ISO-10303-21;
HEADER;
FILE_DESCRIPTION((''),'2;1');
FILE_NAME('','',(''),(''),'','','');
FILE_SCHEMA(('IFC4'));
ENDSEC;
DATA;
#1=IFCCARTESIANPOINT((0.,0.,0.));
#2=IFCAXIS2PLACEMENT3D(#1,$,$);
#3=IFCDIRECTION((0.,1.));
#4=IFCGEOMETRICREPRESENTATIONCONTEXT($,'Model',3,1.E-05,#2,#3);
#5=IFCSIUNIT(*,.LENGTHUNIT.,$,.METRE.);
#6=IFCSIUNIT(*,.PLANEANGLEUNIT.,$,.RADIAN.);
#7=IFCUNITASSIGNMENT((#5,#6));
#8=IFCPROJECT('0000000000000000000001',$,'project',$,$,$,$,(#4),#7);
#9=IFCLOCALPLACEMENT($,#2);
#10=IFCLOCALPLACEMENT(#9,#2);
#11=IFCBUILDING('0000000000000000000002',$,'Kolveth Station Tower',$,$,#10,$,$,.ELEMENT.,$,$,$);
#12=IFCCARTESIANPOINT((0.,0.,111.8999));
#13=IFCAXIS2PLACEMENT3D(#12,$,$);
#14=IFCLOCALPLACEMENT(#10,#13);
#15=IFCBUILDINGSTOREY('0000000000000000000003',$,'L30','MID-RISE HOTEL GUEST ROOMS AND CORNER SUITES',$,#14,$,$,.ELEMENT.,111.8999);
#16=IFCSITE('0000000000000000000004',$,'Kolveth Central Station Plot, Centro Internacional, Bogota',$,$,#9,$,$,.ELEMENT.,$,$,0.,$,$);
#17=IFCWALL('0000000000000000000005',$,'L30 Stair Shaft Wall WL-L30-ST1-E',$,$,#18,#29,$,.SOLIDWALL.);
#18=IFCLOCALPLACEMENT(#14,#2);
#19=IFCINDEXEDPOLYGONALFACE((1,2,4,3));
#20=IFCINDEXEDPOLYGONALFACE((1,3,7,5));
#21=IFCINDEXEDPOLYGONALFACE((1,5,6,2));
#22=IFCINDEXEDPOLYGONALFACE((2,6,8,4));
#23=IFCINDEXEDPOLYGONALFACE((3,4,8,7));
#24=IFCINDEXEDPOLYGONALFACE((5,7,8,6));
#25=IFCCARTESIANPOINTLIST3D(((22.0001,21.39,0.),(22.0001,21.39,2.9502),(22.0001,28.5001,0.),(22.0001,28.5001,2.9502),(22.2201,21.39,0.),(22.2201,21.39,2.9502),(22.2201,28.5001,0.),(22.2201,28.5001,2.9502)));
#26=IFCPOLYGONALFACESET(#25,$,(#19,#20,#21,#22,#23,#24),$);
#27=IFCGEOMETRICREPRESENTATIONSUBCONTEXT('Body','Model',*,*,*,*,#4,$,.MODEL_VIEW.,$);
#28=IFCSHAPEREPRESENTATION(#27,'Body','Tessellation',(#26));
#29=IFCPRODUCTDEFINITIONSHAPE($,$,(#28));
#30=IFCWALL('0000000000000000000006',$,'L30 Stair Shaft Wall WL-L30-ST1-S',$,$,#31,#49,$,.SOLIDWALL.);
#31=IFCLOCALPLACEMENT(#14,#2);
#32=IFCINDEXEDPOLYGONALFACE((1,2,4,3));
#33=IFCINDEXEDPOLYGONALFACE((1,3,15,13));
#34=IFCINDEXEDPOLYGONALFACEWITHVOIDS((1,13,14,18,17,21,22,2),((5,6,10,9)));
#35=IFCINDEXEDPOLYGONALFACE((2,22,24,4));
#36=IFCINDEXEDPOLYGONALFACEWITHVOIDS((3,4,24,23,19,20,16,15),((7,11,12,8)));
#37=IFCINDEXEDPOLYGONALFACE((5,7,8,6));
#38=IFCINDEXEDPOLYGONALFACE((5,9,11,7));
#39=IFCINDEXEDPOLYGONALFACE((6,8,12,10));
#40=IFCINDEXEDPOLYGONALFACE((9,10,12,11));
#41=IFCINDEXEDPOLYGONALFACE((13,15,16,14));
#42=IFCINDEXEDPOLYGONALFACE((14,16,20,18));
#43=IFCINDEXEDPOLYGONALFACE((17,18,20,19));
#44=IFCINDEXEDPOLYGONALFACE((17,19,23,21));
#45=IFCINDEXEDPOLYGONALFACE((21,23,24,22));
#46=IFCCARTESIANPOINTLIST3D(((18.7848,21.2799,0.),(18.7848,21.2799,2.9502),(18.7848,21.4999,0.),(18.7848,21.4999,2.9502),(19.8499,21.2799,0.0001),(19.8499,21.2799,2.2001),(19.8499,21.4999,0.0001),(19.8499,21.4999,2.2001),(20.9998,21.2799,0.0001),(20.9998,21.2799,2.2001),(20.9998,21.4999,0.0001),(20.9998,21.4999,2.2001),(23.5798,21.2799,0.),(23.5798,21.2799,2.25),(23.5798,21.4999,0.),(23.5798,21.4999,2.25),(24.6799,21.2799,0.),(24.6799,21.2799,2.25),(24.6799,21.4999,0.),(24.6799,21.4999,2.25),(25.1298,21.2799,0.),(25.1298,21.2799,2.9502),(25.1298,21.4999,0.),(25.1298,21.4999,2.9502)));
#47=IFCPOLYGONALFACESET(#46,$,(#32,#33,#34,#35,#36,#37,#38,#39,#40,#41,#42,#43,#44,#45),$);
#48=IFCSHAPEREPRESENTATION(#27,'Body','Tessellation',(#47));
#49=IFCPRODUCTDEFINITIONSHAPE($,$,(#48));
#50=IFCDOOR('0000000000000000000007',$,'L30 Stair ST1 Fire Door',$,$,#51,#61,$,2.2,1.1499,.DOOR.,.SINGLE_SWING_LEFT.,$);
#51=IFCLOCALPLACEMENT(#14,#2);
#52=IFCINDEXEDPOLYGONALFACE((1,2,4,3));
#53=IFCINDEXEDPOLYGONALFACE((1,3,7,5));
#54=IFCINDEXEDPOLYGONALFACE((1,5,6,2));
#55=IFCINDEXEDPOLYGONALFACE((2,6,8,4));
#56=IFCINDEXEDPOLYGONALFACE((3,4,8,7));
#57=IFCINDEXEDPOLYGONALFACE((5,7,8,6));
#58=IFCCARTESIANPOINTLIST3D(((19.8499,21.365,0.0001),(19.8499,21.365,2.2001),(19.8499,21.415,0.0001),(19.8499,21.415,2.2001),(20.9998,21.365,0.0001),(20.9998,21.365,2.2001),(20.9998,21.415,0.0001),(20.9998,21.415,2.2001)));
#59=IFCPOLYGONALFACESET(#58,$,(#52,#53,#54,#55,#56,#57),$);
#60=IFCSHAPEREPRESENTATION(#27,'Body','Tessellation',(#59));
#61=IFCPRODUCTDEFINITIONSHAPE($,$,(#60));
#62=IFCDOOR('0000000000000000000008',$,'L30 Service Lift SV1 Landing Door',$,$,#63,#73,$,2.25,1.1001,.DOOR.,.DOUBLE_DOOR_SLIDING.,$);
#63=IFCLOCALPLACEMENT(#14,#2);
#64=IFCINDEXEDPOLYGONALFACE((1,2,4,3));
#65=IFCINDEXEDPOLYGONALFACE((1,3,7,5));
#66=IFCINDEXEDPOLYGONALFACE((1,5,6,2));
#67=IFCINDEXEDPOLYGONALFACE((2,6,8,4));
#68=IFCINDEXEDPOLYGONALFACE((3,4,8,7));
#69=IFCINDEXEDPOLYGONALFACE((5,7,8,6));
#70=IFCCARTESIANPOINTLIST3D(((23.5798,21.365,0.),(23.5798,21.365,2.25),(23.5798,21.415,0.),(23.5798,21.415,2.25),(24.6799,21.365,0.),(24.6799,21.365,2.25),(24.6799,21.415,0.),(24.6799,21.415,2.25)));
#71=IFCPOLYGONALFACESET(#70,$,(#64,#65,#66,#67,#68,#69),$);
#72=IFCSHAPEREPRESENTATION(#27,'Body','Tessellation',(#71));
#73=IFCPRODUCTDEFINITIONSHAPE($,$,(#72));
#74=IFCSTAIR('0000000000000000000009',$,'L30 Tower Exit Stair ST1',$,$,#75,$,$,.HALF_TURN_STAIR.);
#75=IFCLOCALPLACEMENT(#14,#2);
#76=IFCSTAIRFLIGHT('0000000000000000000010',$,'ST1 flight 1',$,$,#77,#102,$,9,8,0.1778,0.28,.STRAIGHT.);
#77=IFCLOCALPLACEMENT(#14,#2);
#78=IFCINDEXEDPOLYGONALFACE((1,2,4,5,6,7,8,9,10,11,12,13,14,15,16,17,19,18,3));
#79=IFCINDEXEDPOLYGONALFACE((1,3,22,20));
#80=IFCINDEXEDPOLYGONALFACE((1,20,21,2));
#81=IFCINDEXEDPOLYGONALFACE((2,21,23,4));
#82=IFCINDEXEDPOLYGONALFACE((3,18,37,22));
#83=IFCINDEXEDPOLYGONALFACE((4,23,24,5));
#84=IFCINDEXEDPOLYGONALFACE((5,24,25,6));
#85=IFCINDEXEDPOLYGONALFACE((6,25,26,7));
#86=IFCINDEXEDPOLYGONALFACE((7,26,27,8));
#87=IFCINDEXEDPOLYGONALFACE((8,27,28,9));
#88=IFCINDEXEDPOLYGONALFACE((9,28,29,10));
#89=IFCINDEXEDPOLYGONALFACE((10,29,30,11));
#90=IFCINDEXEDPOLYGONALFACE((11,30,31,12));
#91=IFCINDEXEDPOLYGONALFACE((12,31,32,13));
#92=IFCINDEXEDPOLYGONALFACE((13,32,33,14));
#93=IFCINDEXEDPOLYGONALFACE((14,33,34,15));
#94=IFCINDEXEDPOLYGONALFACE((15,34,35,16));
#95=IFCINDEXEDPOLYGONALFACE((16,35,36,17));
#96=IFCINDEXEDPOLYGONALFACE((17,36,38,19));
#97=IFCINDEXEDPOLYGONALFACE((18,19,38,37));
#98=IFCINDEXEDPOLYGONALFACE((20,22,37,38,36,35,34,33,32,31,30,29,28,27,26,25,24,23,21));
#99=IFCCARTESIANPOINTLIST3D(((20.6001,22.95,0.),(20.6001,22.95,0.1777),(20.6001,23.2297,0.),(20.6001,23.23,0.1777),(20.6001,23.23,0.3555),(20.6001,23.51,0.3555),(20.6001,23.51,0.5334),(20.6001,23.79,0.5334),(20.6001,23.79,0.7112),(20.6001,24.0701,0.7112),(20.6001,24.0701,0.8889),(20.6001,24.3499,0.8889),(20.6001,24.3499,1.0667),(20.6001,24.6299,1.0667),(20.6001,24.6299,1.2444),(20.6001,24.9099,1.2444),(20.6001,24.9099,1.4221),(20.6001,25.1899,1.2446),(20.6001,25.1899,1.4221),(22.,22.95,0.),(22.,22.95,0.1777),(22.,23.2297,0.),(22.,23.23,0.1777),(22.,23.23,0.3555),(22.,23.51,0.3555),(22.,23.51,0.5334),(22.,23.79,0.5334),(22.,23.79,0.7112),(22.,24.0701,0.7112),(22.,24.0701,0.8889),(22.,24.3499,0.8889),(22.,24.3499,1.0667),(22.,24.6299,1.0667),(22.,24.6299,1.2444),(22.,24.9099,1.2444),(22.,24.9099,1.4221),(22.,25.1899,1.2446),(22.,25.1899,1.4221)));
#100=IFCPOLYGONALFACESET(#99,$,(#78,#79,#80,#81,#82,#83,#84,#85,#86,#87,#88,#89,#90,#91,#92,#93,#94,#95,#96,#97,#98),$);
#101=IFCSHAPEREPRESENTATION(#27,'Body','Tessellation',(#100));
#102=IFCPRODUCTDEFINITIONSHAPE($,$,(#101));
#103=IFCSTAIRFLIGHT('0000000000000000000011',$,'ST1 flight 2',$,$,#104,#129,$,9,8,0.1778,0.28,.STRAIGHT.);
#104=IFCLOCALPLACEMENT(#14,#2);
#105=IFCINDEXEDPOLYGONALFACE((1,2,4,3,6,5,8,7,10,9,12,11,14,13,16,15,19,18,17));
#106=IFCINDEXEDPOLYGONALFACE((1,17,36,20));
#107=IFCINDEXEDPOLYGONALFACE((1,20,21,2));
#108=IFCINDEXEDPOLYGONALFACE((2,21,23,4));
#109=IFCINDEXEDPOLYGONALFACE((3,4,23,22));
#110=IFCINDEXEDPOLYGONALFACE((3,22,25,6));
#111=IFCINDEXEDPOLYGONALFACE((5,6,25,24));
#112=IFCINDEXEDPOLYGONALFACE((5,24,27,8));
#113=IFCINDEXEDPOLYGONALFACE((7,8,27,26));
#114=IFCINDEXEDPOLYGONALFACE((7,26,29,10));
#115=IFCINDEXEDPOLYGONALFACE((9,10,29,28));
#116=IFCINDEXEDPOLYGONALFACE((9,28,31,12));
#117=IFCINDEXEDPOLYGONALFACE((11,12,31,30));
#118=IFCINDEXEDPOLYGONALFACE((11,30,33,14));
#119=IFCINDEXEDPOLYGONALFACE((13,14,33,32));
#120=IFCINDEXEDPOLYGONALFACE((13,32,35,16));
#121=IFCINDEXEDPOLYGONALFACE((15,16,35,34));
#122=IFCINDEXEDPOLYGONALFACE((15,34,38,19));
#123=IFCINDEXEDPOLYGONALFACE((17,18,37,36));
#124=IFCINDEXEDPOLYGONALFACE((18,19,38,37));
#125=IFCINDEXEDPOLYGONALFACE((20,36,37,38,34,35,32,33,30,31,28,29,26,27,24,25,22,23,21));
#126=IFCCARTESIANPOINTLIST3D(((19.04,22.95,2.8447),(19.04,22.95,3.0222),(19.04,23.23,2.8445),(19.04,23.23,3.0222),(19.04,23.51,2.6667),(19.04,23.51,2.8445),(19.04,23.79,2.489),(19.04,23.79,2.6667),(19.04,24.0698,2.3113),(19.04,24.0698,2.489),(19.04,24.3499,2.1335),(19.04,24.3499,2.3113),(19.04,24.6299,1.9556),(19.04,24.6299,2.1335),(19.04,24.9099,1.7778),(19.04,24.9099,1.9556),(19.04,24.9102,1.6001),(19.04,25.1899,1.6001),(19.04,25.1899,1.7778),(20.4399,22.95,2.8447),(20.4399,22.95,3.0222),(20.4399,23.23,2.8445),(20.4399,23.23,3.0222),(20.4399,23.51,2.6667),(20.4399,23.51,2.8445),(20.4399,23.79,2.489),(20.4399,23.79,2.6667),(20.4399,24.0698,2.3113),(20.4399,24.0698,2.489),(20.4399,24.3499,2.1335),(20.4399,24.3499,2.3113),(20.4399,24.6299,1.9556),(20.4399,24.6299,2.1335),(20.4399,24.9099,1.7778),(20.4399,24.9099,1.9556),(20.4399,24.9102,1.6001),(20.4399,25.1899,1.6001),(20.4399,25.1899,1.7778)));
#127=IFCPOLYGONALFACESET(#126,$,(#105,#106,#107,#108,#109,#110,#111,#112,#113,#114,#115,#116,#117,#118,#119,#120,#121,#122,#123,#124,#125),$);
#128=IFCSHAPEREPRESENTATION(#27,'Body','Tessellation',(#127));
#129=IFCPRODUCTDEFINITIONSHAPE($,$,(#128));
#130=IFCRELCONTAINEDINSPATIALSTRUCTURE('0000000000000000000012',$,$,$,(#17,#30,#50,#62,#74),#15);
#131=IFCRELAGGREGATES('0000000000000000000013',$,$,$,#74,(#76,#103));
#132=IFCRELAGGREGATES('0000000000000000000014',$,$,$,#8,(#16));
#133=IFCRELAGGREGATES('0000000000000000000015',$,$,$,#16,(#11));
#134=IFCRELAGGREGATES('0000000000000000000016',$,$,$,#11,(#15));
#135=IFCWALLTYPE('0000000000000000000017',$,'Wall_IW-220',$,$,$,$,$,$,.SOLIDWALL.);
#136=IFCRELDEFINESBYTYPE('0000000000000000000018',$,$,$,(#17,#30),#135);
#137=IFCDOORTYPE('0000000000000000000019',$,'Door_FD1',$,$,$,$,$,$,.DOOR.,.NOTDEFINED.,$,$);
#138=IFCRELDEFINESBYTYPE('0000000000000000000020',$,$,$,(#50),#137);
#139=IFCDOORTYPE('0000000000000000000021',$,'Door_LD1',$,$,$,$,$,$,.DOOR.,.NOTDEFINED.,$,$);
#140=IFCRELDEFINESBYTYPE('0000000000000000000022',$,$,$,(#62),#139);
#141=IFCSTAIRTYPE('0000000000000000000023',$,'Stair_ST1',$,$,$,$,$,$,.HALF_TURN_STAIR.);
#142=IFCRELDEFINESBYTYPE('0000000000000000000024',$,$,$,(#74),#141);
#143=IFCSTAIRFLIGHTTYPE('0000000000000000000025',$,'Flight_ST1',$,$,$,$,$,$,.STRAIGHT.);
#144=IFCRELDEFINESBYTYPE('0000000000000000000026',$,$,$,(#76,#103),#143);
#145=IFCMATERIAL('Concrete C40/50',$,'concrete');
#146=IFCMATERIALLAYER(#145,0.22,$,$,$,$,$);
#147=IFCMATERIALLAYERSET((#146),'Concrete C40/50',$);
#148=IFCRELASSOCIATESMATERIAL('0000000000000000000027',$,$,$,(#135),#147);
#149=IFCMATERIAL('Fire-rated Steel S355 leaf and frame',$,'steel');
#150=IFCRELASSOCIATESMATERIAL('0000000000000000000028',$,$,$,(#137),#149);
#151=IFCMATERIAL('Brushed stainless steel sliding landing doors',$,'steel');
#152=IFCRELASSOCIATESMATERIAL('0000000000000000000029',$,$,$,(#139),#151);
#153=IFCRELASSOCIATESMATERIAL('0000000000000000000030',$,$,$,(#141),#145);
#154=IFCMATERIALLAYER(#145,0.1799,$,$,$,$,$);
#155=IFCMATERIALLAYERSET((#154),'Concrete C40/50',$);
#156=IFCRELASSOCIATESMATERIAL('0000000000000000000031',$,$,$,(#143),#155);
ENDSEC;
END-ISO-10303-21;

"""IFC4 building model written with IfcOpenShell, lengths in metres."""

from ifc_helpers import new_model, si_unit, direction, frame, frame_2d, origin, place, context, subcontext, project, spatial, polyline, rectangle, outline, extrude, material, layer, layer_set, type_object, element, fill, aggregate, save


model = new_model("IFC4")

# Units and contexts
model_context = context("Model", 3, precision=1e-05, world=origin(), true_north=direction((0.0, 1.0)))
body_context = subcontext(model_context, "Body", "Model", "MODEL_VIEW")
ifc_project = project(units=[si_unit("LENGTHUNIT", "METRE"), si_unit("PLANEANGLEUNIT", "RADIAN")], contexts=[model_context])

# Site, building, storey
site_placement = place(None, origin())
site = spatial("IfcSite", under=ifc_project, at=site_placement, Name="Kolveth Central Station Plot, Centro Internacional, Bogota", CompositionType="ELEMENT", RefElevation=0.0)
building_placement = place(site_placement, origin())
building = spatial("IfcBuilding", under=site, at=building_placement, Name="Kolveth Station Tower", CompositionType="ELEMENT")
storey_placement = place(building_placement, frame((0.0, 0.0, 111.8999)))
storey = spatial("IfcBuildingStorey", under=building, at=storey_placement, Name="L30", Description="MID-RISE HOTEL GUEST ROOMS AND CORNER SUITES", CompositionType="ELEMENT", Elevation=111.8999)

# Wall
ifc_material_1 = material(Name="Concrete C40/50", Category="concrete")
ifc_layer_1 = layer(ifc_material_1, 0.22)
ifc_layer_set_1 = layer_set([ifc_layer_1], Name="Concrete C40/50")
wall_type_1 = type_object("IfcWallType", Name="Wall_IW-220", PredefinedType="SOLIDWALL", material=ifc_layer_set_1)
for number, where, z_axis, x_axis, name in (
    (1, (22.1101, 21.3899, 0.0), (0.0, 0.0, 1.0), (0.0, 1.0, 0.0), "L30 Stair Shaft Wall WL-L30-ST1-E"),
):
    element("IfcWall", number, at=place(storey_placement, frame(where, z_axis=z_axis, x_axis=x_axis)), inside=storey, type_object=wall_type_1, Name=name, PredefinedType="SOLIDWALL", context=body_context, shape_type="SweptSolid", body=[
        extrude(rectangle(XDim=7.1101, YDim=0.22, at=frame_2d((3.5552, 0.0))), origin(), (0.0, 0.0, 1.0), 2.9502),
    ])

# Wall, openings, doors
wall_1_placement = place(storey_placement, frame((18.7849, 21.3899, 0.0), z_axis=(0.0, 0.0, 1.0), x_axis=(1.0, 0.0, 0.0)))
wall_1 = element("IfcWall", 2, at=wall_1_placement, inside=storey, type_object=wall_type_1, Name="L30 Stair Shaft Wall WL-L30-ST1-S", PredefinedType="SOLIDWALL", context=body_context, shape_type="SweptSolid", body=[
    extrude(rectangle(XDim=6.345, YDim=0.22, at=frame_2d((3.1724, 0.0))), origin(), (0.0, 0.0, 1.0), 2.9502),
])
opening_1_placement = place(wall_1_placement, frame((1.0649, 0.0, 0.0)))
opening_1 = element("IfcOpeningElement", 3, at=opening_1_placement, cuts=wall_1, PredefinedType="OPENING", context=body_context, shape_type="SweptSolid", body=[
    extrude(rectangle(XDim=1.1499, YDim=2.2, at=frame_2d((0.575, 1.1001))), frame((0.0, 0.1199, 0.0), z_axis=(0.0, -1.0, 0.0), x_axis=(1.0, 0.0, 0.0)), (0.0, 0.0, 1.0), 0.24),
])
opening_2_placement = place(wall_1_placement, frame((4.7949, 0.0, 0.0)))
opening_2 = element("IfcOpeningElement", 4, at=opening_2_placement, cuts=wall_1, PredefinedType="OPENING", context=body_context, shape_type="SweptSolid", body=[
    extrude(rectangle(XDim=1.1001, YDim=2.25, at=frame_2d((0.55, 1.125))), frame((0.0, 0.1199, 0.0), z_axis=(0.0, -1.0, 0.0), x_axis=(1.0, 0.0, 0.0)), (0.0, 0.0, 1.0), 0.24),
])
ifc_material_2 = material(Name="Fire-rated Steel S355 leaf and frame", Category="steel")
door_type_1 = type_object("IfcDoorType", Name="Door_FD1", OperationType="NOTDEFINED", PredefinedType="DOOR", material=ifc_material_2)
door_1_placement = place(opening_1_placement, frame((1.1499, 0.0, 0.0), z_axis=(0.0, 0.0, 1.0), x_axis=(-1.0, 0.0, 0.0)))
door_1 = element("IfcDoor", 5, at=door_1_placement, inside=storey, type_object=door_type_1, Name="L30 Stair ST1 Fire Door", OperationType="SINGLE_SWING_LEFT", OverallHeight=2.2, OverallWidth=1.1499, PredefinedType="DOOR", context=body_context, shape_type="SweptSolid", body=[
    extrude(rectangle(XDim=1.1499, YDim=2.2, at=frame_2d((0.575, 1.1001))), frame((0.0, 0.0249, 0.0), z_axis=(0.0, -1.0, 0.0), x_axis=(1.0, 0.0, 0.0)), (0.0, 0.0, 1.0), 0.05),
])
fill(opening_1, door_1)
ifc_material_3 = material(Name="Brushed stainless steel sliding landing doors", Category="steel")
door_type_2 = type_object("IfcDoorType", Name="Door_LD1", OperationType="NOTDEFINED", PredefinedType="DOOR", material=ifc_material_3)
door_2_placement = place(opening_2_placement, frame((1.1001, 0.0, 0.0), z_axis=(0.0, 0.0, 1.0), x_axis=(-1.0, 0.0, 0.0)))
door_2 = element("IfcDoor", 6, at=door_2_placement, inside=storey, type_object=door_type_2, Name="L30 Service Lift SV1 Landing Door", OperationType="DOUBLE_DOOR_SLIDING", OverallHeight=2.25, OverallWidth=1.1001, PredefinedType="DOOR", context=body_context, shape_type="SweptSolid", body=[
    extrude(rectangle(XDim=1.1001, YDim=2.25, at=frame_2d((0.55, 1.125))), frame((0.0, 0.0249, 0.0), z_axis=(0.0, -1.0, 0.0), x_axis=(1.0, 0.0, 0.0)), (0.0, 0.0, 1.0), 0.05),
])
fill(opening_2, door_2)

# Stair, stair flights
stair_type = type_object("IfcStairType", Name="Stair_ST1", PredefinedType="HALF_TURN_STAIR", material=ifc_material_1)
stair_placement = place(storey_placement, origin())
stair = element("IfcStair", 7, at=stair_placement, inside=storey, type_object=stair_type, Name="L30 Tower Exit Stair ST1", PredefinedType="HALF_TURN_STAIR")
ifc_layer_2 = layer(ifc_material_1, 0.1799)
ifc_layer_set_2 = layer_set([ifc_layer_2], Name="Concrete C40/50")
stair_flight_type = type_object("IfcStairFlightType", Name="Flight_ST1", PredefinedType="STRAIGHT", material=ifc_layer_set_2)
stair_flight_1_placement = place(storey_placement, frame((21.3, 22.95, 0.0), z_axis=(0.0, 0.0, 1.0), x_axis=(0.0, 1.0, 0.0)))
stair_flight_1 = element("IfcStairFlight", 8, at=stair_flight_1_placement, type_object=stair_flight_type, Name="ST1 flight 1", NumberOfRisers=9, NumberOfTreads=8, PredefinedType="STRAIGHT", RiserHeight=0.1778, TreadLength=0.28, context=body_context, shape_type="SweptSolid", body=[
    extrude(outline(polyline([(0.0, 0.0), (0.0, 0.1777), (0.28, 0.1777), (0.28, 0.3555), (0.5601, 0.3555), (0.5601, 0.5334), (0.8401, 0.5334), (0.8401, 0.7112), (1.1201, 0.7112), (1.1201, 0.8889), (1.3999, 0.8889), (1.3999, 1.0667), (1.6799, 1.0667), (1.6799, 1.2444), (1.96, 1.2444), (1.96, 1.4221), (2.24, 1.4221), (2.24, 1.6001), (2.24, 1.2446), (0.2798, 0.0), (0.0, 0.0)])), frame((0.0, 0.7, 0.0), z_axis=(0.0, -1.0, 0.0), x_axis=(1.0, 0.0, 0.0)), (0.0, 0.0, 1.0), 1.3999),
])
stair_flight_2_placement = place(storey_placement, frame((19.74, 25.1899, 1.6001), z_axis=(0.0, 0.0, 1.0), x_axis=(0.0, -1.0, 0.0)))
stair_flight_2 = element("IfcStairFlight", 9, at=stair_flight_2_placement, type_object=stair_flight_type, Name="ST1 flight 2", NumberOfRisers=9, NumberOfTreads=8, PredefinedType="STRAIGHT", RiserHeight=0.1778, TreadLength=0.28, context=body_context, shape_type="SweptSolid", body=[
    extrude(outline(polyline([(0.0, 0.0), (0.0, 0.1777), (0.28, 0.1777), (0.28, 0.3555), (0.5601, 0.3555), (0.5601, 0.5334), (0.8401, 0.5334), (0.8401, 0.7112), (1.1201, 0.7112), (1.1201, 0.8889), (1.3999, 0.8889), (1.3999, 1.0667), (1.6799, 1.0667), (1.6799, 1.2444), (1.96, 1.2444), (1.96, 1.4221), (2.24, 1.4221), (2.24, 1.6001), (2.24, 1.2446), (0.2798, 0.0), (0.0, 0.0)])), frame((0.0, 0.7, 0.0), z_axis=(0.0, -1.0, 0.0), x_axis=(1.0, 0.0, 0.0)), (0.0, 0.0, 1.0), 1.3999),
])
aggregate(stair, [stair_flight_1, stair_flight_2])

save(model, "model.ifc")
